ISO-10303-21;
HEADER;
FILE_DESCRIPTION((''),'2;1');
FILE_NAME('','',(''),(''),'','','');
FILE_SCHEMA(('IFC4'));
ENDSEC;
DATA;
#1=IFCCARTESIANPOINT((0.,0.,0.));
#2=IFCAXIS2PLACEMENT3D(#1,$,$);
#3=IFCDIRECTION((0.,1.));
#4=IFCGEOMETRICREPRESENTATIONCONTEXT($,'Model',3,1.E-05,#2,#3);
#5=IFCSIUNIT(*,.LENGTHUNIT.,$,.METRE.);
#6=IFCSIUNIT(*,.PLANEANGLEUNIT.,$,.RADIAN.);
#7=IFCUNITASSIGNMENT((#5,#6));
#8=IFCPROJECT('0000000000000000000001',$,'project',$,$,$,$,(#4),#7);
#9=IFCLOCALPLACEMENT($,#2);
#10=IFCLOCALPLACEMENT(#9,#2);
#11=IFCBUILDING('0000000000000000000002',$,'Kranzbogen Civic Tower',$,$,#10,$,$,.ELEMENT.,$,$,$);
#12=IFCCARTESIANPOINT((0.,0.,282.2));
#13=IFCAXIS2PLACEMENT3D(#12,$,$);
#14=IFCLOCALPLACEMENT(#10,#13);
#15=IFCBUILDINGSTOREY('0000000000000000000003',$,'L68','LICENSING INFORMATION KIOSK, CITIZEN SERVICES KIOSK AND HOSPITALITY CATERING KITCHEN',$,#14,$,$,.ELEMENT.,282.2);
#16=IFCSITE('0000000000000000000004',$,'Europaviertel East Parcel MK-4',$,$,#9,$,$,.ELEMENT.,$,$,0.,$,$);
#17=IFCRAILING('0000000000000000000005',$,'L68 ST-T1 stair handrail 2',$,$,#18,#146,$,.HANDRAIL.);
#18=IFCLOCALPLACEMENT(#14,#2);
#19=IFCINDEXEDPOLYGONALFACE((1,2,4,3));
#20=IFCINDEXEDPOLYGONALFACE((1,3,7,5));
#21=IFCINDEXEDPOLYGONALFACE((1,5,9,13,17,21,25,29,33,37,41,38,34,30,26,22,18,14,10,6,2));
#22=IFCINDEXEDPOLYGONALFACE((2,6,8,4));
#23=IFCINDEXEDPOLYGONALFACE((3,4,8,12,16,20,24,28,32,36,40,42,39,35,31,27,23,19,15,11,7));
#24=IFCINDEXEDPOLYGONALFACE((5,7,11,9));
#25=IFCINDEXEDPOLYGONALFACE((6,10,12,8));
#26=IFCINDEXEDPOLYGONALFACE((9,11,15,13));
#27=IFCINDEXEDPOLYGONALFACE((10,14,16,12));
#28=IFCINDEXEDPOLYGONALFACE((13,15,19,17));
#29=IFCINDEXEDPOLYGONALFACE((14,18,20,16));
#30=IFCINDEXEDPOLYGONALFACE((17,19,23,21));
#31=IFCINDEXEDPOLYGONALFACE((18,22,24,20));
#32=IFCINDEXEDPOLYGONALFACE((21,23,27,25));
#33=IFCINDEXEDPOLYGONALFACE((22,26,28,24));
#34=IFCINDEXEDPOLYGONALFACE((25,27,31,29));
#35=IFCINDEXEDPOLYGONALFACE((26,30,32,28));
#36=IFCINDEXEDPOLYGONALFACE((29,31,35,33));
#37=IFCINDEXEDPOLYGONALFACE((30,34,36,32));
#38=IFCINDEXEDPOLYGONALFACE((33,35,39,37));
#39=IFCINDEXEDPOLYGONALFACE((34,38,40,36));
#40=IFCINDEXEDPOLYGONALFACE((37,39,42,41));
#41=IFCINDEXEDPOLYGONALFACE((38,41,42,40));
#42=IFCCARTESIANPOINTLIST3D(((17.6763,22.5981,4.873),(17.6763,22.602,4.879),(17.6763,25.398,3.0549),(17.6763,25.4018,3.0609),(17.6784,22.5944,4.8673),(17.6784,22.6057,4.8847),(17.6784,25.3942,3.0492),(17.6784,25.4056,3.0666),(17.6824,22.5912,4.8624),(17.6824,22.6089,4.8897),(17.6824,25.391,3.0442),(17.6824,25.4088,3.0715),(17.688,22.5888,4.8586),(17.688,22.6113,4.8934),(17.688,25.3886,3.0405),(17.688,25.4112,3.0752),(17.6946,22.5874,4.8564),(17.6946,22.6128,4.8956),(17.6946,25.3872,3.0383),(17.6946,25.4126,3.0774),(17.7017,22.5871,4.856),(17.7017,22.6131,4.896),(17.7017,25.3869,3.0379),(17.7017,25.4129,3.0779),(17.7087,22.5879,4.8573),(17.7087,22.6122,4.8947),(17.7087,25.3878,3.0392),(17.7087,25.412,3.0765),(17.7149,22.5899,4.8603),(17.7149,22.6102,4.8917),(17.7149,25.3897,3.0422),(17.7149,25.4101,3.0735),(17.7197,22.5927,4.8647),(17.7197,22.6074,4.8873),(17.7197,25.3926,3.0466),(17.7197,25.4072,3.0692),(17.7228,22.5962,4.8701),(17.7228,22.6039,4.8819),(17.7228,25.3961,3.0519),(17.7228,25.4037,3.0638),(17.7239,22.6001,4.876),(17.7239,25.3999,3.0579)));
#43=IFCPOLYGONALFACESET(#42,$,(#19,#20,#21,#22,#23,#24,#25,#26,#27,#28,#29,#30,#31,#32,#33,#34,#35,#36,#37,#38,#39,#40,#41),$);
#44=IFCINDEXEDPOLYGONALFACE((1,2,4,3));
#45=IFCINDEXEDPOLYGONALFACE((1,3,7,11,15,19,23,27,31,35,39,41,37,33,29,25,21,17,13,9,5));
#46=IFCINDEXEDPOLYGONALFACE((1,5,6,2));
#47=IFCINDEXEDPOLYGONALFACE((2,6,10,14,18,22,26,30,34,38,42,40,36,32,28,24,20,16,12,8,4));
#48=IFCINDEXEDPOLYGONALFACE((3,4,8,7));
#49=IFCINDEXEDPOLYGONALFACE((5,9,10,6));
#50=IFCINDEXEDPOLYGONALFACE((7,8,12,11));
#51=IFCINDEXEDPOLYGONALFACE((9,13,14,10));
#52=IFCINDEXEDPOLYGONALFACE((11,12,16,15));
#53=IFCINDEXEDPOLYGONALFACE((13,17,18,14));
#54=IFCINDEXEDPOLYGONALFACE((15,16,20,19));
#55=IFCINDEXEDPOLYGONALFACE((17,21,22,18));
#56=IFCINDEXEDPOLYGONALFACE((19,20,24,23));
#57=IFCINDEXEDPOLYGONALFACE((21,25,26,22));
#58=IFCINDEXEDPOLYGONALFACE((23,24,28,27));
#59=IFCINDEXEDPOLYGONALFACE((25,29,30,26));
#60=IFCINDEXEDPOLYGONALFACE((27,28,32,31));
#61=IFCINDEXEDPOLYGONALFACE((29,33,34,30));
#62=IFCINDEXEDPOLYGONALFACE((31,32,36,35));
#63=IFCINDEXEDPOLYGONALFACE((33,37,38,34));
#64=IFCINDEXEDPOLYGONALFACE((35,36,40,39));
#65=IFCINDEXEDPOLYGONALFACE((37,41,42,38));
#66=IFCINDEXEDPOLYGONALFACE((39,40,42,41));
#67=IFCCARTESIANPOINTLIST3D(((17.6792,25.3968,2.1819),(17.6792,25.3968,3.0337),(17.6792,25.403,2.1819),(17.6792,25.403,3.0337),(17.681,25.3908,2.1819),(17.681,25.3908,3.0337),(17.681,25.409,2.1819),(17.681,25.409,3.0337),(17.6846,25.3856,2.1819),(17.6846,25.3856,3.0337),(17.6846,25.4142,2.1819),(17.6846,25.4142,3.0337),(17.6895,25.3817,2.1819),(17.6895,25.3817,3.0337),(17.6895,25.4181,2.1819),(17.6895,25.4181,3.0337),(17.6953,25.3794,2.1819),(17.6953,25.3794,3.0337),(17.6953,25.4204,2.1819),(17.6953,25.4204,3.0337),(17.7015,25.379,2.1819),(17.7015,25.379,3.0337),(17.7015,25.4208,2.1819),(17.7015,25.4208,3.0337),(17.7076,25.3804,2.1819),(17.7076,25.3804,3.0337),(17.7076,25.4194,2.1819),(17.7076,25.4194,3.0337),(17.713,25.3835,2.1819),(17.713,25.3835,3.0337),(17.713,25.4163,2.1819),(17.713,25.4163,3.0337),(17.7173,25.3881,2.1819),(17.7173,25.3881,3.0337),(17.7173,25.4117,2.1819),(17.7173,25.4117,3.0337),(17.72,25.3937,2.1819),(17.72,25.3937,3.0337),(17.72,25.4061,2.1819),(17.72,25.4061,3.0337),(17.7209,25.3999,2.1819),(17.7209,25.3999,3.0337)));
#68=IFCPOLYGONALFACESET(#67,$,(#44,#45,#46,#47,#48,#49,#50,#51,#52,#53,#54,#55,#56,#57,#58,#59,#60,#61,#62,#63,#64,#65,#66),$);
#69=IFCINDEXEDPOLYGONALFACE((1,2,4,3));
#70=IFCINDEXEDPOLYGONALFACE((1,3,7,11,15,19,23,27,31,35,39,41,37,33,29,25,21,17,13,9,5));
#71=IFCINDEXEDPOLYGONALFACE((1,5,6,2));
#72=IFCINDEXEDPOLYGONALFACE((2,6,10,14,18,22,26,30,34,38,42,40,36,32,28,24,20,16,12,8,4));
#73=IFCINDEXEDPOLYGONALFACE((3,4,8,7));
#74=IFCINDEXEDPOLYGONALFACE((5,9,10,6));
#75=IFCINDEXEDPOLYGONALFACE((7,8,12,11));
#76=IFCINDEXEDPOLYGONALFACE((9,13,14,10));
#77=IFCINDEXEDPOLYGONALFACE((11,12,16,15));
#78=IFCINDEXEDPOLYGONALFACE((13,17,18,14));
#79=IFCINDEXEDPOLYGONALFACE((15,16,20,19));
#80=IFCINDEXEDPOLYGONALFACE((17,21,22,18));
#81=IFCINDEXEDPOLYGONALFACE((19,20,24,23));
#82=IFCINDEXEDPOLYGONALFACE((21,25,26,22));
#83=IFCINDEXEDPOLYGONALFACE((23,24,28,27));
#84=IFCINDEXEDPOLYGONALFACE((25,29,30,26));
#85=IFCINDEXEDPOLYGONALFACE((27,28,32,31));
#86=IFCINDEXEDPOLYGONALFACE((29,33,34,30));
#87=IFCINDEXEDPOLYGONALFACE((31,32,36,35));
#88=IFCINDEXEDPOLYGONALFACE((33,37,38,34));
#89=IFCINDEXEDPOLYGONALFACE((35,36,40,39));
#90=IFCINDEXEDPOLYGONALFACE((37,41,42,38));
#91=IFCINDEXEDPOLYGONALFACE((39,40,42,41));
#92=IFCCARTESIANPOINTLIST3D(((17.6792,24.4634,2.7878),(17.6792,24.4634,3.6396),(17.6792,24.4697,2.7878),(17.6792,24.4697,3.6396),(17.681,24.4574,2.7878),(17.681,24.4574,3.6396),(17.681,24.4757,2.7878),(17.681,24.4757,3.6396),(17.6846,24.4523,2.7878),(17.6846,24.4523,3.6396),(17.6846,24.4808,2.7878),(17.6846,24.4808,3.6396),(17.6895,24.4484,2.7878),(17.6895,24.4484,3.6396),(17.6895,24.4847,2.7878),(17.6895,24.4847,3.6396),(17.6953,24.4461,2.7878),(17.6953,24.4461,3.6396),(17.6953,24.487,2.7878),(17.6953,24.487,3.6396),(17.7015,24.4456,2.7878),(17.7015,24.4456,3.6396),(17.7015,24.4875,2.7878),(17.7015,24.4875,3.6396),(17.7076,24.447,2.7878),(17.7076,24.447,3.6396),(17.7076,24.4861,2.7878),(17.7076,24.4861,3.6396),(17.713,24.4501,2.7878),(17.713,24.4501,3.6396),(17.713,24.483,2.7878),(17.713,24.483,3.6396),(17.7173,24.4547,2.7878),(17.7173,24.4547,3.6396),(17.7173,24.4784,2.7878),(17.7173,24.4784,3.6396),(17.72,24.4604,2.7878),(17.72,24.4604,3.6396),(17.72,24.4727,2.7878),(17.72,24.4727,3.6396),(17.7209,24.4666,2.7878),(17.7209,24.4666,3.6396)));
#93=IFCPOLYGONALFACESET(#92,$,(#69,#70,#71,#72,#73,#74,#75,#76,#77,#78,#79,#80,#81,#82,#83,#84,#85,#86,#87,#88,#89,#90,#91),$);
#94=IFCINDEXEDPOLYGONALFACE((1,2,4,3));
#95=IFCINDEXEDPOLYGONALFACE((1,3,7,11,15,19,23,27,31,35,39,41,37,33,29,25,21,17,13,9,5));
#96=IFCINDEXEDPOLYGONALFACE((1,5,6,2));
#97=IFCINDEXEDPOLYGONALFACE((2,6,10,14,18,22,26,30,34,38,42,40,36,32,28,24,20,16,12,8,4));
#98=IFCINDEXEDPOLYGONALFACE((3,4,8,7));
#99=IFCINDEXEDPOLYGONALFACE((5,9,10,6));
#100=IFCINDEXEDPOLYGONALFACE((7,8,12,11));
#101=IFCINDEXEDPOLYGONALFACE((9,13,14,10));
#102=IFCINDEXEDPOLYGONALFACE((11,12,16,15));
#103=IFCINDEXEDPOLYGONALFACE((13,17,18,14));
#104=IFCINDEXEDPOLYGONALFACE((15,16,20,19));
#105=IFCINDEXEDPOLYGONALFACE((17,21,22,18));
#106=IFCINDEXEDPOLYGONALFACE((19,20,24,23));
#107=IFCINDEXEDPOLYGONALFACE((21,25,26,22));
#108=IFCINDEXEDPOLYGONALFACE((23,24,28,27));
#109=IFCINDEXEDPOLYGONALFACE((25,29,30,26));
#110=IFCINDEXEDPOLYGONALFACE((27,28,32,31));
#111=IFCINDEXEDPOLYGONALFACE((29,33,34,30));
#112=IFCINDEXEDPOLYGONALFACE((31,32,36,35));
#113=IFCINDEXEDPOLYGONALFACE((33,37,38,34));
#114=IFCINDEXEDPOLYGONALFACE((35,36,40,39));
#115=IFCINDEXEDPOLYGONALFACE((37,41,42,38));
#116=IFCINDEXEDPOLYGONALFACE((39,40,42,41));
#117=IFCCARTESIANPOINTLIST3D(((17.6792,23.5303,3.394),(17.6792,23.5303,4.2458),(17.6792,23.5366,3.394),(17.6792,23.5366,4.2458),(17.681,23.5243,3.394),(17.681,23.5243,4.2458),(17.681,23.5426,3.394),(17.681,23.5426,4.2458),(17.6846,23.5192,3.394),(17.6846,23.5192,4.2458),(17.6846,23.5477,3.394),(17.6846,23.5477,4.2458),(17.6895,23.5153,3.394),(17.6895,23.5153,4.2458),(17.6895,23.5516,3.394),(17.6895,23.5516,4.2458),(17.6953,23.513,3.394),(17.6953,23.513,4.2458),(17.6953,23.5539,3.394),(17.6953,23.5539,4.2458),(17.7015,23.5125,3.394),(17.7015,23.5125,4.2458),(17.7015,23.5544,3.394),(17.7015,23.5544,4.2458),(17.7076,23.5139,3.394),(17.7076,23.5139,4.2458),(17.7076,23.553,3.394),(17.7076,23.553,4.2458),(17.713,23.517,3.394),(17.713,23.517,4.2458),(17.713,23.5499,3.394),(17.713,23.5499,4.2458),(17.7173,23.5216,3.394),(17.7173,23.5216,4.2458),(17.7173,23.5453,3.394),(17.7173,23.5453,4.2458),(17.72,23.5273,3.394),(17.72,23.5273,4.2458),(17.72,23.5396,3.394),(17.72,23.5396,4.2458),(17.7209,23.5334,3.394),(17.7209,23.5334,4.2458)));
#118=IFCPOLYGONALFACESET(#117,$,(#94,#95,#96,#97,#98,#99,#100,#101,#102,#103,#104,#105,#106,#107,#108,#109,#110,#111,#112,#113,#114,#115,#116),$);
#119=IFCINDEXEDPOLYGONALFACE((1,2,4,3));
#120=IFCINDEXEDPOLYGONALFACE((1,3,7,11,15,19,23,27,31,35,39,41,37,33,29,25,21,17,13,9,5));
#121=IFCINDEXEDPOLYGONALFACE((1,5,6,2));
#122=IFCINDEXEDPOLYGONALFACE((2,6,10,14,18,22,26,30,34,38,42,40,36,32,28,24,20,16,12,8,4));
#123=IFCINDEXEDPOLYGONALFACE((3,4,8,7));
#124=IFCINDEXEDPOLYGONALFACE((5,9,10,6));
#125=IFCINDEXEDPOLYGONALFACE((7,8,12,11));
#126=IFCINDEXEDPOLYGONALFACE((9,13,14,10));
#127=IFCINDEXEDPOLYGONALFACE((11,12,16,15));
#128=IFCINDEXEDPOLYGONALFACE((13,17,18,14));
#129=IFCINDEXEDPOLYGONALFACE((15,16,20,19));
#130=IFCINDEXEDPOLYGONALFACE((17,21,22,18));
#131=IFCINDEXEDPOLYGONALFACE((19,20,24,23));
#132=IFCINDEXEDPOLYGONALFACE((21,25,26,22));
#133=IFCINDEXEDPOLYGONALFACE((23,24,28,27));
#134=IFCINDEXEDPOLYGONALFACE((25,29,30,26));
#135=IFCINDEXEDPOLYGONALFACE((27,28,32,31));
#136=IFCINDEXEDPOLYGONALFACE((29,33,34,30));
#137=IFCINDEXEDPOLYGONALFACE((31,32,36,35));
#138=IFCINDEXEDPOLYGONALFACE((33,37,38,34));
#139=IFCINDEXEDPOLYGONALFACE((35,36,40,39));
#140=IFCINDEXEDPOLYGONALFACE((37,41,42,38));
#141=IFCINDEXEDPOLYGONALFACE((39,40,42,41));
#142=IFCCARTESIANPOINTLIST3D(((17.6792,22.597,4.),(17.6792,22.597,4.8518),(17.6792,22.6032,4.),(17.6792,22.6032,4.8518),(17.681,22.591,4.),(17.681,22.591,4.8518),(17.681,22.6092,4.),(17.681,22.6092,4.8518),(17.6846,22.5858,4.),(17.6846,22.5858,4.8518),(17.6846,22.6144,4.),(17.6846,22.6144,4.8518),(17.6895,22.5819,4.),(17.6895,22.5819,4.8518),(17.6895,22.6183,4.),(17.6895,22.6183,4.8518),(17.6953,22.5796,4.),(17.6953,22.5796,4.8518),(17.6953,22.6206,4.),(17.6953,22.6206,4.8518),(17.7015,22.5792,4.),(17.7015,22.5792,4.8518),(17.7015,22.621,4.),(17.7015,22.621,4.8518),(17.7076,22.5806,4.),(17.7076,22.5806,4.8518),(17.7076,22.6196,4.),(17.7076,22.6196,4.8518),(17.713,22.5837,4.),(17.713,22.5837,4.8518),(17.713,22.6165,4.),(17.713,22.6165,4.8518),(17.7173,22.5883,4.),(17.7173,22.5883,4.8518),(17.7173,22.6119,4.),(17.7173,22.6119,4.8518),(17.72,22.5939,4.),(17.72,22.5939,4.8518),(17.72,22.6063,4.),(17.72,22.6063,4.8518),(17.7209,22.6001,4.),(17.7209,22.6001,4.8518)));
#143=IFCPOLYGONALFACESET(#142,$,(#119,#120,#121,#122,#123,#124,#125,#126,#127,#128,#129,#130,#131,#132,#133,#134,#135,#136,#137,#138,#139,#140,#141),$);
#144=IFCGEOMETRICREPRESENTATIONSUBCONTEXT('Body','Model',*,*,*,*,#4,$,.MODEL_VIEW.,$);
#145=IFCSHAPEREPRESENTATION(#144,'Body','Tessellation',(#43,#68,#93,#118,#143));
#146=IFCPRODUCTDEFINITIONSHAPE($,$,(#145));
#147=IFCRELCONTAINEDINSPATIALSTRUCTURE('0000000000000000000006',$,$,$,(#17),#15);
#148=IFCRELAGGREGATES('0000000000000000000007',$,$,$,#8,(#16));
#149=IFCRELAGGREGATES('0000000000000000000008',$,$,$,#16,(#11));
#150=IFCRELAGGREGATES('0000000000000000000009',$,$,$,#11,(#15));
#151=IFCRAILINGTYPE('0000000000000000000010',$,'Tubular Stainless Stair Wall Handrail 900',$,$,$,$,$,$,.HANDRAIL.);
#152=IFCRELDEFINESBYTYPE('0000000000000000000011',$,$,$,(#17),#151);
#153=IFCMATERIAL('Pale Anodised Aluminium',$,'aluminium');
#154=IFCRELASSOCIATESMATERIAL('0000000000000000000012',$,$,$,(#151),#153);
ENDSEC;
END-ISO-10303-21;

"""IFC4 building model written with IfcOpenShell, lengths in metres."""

from ifc_helpers import new_model, si_unit, direction, frame, origin, origin_2d, place, context, subcontext, project, spatial, circle, extrude, material, type_object, element, save


model = new_model("IFC4")

# Units and contexts
model_context = context("Model", 3, precision=1e-05, world=origin(), true_north=direction((0.0, 1.0)))
body_context = subcontext(model_context, "Body", "Model", "MODEL_VIEW")
ifc_project = project(units=[si_unit("LENGTHUNIT", "METRE"), si_unit("PLANEANGLEUNIT", "RADIAN")], contexts=[model_context])

# Site, building, storey
site_placement = place(None, origin())
site = spatial("IfcSite", under=ifc_project, at=site_placement, Name="Europaviertel East Parcel MK-4", CompositionType="ELEMENT", RefElevation=0.0)
building_placement = place(site_placement, origin())
building = spatial("IfcBuilding", under=site, at=building_placement, Name="Kranzbogen Civic Tower", CompositionType="ELEMENT")
storey_placement = place(building_placement, frame((0.0, 0.0, 282.2)))
storey = spatial("IfcBuildingStorey", under=building, at=storey_placement, Name="L68", Description="LICENSING INFORMATION KIOSK, CITIZEN SERVICES KIOSK AND HOSPITALITY CATERING KITCHEN", CompositionType="ELEMENT", Elevation=282.2)

# Shared definitions
ifc_material_1 = material(Name="Pale Anodised Aluminium", Category="aluminium")

# Railing
railing_type_1 = type_object("IfcRailingType", Name="Tubular Stainless Stair Wall Handrail 900", PredefinedType="HANDRAIL", material=ifc_material_1)
railing_1_placement = place(storey_placement, frame((17.7, 25.3999, 2.1819)))
element("IfcRailing", 1, at=railing_1_placement, inside=storey, type_object=railing_type_1, Name="L68 ST-T1 stair handrail 2", PredefinedType="HANDRAIL", context=body_context, shape_type="SweptSolid", body=[
    extrude(circle(Radius=0.0239, at=origin_2d()), frame((0.0, 0.0, 0.876), z_axis=(0.0, -0.838684, 0.544618), x_axis=(1.0, 0.0, 0.0)), (0.0, 0.0, 1.0), 3.3384),
    extrude(circle(Radius=0.021, at=origin_2d()), origin(), (0.0, 0.0, 1.0), 0.8518),
    extrude(circle(Radius=0.021, at=origin_2d()), frame((0.0, -0.9333, 0.606)), (0.0, 0.0, 1.0), 0.8518),
    extrude(circle(Radius=0.021, at=origin_2d()), frame((0.0, -1.8665, 1.2122)), (0.0, 0.0, 1.0), 0.8518),
    extrude(circle(Radius=0.021, at=origin_2d()), frame((0.0, -2.7998, 1.8181)), (0.0, 0.0, 1.0), 0.8518),
])

save(model, "model.ifc")
